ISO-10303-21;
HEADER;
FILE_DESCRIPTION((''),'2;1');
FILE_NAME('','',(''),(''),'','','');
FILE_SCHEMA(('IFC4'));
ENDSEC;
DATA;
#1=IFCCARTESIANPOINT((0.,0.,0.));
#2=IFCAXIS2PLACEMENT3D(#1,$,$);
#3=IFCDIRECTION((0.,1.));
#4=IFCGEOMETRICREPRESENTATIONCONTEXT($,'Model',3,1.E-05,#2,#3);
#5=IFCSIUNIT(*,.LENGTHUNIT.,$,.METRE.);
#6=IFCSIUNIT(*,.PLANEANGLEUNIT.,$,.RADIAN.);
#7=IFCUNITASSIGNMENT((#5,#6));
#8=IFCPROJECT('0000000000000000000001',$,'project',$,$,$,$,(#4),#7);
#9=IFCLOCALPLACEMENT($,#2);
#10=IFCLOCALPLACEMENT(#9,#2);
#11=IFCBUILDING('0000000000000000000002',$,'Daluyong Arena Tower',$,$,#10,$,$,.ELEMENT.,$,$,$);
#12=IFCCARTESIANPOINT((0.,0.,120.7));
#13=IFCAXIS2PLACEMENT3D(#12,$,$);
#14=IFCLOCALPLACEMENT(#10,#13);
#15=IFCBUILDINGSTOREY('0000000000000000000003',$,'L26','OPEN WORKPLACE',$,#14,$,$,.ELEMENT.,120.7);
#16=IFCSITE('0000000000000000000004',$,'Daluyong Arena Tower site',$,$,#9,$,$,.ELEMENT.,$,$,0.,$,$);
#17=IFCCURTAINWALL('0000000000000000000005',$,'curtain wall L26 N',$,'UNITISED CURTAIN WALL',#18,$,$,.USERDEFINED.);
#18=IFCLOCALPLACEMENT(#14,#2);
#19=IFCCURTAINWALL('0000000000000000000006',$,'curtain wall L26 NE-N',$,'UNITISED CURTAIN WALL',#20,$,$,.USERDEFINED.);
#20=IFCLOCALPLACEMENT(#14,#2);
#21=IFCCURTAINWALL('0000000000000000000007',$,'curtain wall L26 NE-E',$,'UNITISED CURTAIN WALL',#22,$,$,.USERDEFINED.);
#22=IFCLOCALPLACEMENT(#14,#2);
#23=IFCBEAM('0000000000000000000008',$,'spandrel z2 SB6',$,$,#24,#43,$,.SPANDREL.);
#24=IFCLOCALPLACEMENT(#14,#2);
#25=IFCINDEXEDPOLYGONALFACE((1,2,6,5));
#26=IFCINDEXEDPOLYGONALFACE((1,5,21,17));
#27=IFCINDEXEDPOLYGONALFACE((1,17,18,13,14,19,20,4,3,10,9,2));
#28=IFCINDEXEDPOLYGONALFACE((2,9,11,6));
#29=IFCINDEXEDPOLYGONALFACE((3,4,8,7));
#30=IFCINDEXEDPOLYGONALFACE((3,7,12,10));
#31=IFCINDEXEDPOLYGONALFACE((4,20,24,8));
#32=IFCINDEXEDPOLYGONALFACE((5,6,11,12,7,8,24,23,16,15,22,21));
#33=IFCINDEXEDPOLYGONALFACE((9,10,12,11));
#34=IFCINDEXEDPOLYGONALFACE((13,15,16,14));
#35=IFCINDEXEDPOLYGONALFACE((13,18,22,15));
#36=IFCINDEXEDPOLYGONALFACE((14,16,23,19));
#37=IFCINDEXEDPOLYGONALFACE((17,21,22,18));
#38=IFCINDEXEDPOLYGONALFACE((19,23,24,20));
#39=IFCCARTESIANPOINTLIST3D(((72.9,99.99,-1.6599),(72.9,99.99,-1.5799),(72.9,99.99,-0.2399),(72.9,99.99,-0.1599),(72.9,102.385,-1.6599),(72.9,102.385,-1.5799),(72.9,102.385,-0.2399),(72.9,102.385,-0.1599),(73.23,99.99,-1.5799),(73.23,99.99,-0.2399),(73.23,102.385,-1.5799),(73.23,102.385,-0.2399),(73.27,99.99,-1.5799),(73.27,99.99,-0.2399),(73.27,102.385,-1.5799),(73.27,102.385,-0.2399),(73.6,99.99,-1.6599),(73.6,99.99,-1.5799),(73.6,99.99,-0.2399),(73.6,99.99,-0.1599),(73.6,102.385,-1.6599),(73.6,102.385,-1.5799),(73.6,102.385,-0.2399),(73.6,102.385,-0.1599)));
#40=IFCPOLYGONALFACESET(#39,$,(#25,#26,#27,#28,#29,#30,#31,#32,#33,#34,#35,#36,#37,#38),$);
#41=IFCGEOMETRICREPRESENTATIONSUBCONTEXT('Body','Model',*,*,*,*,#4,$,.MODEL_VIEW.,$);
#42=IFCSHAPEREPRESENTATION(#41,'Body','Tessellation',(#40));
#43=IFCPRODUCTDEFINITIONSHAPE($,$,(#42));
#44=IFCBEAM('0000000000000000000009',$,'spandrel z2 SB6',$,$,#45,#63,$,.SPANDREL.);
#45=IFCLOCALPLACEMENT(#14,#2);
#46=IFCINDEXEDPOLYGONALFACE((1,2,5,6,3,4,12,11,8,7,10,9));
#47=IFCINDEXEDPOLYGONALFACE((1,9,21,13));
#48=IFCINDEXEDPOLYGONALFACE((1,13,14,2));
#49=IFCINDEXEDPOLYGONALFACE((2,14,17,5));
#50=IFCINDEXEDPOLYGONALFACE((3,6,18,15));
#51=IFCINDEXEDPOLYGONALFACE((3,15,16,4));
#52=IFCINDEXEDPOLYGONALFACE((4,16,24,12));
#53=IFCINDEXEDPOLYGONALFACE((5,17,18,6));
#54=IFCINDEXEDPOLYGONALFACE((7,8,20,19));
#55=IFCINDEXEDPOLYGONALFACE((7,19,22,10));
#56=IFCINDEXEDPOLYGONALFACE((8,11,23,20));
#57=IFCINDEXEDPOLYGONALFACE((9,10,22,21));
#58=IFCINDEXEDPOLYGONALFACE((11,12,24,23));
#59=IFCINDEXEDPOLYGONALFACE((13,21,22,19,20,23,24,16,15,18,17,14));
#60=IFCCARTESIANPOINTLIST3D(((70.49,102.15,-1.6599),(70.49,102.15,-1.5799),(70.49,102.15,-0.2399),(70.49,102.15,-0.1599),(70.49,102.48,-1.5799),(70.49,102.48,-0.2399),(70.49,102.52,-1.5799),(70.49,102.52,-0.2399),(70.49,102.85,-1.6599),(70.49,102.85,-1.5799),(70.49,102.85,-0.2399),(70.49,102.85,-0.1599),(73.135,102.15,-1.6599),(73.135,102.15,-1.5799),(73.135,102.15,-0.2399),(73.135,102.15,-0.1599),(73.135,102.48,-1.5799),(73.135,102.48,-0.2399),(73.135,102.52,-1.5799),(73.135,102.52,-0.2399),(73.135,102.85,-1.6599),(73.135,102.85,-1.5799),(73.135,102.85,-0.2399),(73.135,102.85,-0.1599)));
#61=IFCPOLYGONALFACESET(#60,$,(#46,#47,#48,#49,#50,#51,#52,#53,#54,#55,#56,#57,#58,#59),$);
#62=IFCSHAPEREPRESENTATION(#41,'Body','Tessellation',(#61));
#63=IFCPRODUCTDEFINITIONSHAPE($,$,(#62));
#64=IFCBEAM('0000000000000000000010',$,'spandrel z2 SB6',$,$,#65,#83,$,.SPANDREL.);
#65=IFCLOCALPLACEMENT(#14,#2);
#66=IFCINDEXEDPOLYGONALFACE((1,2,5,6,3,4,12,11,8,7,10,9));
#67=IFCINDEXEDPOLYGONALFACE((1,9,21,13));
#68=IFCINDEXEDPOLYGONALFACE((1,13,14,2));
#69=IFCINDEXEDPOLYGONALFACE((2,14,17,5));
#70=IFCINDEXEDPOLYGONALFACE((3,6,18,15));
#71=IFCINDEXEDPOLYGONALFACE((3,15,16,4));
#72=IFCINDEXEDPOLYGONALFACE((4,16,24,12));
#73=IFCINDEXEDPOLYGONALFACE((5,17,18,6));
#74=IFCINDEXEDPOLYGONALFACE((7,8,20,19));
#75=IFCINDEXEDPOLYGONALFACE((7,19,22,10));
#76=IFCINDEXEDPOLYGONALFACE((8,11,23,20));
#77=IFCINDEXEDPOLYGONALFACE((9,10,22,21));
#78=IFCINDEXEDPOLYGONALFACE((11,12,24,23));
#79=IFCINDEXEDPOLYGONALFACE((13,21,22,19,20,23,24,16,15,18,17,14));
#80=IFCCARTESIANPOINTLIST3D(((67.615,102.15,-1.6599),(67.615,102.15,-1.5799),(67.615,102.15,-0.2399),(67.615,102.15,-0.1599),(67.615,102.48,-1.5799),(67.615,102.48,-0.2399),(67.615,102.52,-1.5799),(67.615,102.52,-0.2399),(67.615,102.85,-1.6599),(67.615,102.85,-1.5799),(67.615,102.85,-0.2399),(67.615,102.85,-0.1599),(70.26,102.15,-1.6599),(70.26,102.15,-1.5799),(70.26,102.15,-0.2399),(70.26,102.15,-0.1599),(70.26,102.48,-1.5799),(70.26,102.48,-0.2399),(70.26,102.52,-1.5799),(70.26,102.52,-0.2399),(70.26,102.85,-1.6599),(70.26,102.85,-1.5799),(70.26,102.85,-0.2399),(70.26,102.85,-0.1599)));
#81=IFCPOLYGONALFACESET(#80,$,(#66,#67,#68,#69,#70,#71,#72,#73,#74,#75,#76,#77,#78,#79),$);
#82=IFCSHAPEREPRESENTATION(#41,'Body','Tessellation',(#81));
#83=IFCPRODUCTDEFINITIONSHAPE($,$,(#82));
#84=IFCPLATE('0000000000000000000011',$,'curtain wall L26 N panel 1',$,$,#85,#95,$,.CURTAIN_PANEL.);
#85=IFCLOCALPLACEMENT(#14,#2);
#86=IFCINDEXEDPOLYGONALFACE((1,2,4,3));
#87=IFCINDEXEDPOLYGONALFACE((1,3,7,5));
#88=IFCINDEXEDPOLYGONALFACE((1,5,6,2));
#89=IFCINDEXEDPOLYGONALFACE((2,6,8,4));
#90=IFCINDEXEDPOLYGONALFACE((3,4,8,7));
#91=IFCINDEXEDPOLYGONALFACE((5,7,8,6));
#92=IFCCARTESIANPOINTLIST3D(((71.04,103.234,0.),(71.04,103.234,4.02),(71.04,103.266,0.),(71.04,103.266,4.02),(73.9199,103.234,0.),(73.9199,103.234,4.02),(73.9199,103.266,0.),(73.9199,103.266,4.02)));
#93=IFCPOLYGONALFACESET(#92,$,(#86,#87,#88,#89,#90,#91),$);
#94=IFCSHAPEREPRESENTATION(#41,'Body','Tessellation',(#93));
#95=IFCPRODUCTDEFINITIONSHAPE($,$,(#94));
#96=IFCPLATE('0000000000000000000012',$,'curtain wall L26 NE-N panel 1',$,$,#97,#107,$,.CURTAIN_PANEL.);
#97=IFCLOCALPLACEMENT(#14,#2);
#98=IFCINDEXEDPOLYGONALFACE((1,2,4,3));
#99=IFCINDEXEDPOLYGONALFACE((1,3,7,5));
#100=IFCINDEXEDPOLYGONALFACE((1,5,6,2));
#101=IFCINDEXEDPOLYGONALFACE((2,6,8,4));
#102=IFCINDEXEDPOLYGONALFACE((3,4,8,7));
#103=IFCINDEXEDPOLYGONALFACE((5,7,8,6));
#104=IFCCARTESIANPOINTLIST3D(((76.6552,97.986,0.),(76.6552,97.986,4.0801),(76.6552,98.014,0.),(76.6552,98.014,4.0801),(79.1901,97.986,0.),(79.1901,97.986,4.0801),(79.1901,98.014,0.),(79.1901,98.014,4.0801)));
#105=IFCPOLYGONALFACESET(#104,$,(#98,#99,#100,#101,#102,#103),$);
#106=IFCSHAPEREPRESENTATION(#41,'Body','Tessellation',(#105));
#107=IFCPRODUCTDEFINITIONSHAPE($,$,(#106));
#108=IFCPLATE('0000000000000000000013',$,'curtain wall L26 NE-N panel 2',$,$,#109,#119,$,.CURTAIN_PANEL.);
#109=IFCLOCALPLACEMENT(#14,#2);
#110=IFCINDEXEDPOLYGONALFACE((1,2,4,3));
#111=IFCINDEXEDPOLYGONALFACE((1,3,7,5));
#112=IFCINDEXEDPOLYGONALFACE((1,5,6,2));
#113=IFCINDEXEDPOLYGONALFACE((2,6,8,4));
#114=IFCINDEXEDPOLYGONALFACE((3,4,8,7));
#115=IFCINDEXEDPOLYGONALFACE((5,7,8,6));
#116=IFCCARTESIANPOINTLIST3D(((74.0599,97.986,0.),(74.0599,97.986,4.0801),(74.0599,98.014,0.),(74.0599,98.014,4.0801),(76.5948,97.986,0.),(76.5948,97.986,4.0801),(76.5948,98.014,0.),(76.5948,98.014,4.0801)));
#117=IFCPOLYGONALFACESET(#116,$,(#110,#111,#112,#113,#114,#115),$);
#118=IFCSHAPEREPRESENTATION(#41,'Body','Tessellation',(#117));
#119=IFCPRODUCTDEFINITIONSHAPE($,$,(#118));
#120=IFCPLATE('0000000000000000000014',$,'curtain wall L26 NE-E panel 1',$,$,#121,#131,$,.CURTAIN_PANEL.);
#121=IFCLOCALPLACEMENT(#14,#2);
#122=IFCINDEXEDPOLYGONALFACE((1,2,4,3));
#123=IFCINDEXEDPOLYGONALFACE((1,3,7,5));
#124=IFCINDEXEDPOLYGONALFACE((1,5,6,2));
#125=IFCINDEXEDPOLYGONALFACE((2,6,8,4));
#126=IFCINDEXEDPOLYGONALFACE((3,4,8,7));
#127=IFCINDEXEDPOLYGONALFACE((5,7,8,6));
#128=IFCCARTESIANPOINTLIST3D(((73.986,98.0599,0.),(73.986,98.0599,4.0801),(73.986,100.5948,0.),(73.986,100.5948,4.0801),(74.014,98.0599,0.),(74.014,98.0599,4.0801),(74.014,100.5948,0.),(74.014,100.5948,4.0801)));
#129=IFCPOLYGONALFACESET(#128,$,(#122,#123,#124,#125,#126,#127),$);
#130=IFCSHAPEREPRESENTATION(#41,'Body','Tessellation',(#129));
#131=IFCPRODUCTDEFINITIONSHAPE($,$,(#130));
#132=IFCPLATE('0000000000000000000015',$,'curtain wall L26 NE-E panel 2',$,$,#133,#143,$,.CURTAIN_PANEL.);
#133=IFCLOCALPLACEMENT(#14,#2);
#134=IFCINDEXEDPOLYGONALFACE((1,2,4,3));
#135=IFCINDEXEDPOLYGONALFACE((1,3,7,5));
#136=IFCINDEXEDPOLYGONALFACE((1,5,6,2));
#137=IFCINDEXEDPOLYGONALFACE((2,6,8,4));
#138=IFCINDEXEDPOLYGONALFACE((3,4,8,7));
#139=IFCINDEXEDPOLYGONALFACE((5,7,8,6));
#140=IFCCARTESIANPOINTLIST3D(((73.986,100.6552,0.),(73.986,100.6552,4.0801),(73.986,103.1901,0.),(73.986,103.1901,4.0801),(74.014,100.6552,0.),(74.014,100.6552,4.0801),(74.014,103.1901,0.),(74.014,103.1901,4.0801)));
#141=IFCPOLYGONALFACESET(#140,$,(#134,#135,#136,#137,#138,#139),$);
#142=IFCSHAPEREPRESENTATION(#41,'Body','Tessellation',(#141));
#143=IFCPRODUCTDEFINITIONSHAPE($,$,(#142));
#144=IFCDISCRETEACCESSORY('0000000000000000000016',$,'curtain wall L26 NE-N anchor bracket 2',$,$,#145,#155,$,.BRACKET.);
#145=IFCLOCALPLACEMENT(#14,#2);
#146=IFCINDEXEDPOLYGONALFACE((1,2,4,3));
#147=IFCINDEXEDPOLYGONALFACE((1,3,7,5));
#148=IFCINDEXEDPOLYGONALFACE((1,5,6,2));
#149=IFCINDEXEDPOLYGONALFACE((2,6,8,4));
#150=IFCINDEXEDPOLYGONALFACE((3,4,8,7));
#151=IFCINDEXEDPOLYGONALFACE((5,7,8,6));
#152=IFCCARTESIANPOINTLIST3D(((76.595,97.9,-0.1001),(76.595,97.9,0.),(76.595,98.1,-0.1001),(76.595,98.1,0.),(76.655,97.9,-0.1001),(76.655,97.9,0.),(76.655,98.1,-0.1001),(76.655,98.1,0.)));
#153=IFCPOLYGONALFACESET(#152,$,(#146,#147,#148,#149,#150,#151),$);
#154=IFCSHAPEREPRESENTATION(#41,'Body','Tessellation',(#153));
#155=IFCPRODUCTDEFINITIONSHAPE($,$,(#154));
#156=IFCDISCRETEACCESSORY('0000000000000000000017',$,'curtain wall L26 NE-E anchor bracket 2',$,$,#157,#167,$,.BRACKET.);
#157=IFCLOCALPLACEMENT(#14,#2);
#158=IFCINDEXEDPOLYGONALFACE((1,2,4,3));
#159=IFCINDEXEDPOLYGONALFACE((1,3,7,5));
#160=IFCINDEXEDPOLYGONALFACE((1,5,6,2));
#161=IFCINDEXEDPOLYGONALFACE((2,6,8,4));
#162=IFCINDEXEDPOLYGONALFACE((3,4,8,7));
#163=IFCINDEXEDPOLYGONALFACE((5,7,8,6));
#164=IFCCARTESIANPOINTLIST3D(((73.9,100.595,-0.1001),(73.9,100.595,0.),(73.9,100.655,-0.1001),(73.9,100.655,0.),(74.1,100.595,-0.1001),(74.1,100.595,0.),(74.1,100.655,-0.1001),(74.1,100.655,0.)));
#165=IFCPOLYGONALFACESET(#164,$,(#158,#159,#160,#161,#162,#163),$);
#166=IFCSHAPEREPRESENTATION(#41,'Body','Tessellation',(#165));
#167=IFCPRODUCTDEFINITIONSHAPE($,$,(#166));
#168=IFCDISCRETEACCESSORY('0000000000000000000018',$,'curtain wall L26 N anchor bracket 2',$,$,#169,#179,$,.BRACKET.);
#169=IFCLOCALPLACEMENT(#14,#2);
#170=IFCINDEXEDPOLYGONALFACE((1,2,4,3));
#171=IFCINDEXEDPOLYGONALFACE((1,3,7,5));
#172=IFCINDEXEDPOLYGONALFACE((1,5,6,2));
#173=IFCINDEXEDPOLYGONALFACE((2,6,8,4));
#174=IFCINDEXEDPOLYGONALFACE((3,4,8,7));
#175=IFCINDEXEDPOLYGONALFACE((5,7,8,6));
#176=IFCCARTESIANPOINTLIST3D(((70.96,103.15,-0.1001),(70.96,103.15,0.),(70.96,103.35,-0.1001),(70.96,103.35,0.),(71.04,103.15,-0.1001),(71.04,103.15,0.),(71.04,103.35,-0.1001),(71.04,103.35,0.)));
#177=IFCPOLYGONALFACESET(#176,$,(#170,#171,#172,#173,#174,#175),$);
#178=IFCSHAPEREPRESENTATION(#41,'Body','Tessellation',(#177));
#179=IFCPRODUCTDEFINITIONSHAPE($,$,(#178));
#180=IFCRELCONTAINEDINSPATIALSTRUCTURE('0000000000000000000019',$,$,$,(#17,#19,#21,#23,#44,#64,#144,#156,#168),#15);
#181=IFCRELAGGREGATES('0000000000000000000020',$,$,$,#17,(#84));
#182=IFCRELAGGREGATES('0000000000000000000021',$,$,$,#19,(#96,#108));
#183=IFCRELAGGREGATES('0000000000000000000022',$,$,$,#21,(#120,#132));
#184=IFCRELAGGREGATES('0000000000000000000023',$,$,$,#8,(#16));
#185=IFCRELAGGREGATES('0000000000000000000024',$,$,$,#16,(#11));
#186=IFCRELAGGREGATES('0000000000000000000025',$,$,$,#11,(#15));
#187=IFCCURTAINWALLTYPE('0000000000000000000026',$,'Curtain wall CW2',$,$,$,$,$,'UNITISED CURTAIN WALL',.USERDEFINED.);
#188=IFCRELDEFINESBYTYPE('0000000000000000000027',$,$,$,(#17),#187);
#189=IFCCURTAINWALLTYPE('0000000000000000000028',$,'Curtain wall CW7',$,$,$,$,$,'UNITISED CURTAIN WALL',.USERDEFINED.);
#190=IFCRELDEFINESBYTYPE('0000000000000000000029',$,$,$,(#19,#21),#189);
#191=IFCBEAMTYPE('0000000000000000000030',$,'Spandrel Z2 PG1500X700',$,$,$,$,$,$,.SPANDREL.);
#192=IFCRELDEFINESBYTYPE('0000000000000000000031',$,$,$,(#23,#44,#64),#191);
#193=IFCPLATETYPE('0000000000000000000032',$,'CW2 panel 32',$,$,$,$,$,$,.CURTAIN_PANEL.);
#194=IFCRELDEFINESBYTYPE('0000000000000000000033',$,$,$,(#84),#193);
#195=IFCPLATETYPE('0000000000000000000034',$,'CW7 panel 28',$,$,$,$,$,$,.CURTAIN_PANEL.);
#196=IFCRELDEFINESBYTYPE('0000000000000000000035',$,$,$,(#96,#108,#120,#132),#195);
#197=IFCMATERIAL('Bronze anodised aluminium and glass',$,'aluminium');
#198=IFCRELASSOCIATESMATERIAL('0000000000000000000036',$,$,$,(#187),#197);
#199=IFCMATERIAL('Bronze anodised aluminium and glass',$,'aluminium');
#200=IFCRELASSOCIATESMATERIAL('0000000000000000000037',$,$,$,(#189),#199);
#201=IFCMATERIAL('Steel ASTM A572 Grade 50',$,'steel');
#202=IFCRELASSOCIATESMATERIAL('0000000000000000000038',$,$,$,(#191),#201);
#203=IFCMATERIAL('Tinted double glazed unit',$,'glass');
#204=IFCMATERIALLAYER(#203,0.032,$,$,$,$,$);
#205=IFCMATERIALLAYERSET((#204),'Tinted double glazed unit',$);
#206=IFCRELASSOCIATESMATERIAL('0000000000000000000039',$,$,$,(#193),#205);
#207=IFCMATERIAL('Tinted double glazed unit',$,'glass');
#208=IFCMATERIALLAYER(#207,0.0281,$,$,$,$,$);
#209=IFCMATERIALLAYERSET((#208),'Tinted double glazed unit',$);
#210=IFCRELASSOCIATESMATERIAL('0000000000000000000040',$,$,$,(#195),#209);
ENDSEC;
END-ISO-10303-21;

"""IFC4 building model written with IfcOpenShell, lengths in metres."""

from ifc_helpers import new_model, si_unit, direction, frame, origin, origin_2d, place, context, subcontext, project, spatial, rectangle, i_section, extrude, material, layer, layer_set, material_profile, profile_set, type_object, element, aggregate, save


model = new_model("IFC4")

# Units and contexts
model_context = context("Model", 3, precision=1e-05, world=origin(), true_north=direction((0.0, 1.0)))
body_context = subcontext(model_context, "Body", "Model", "MODEL_VIEW")
ifc_project = project(units=[si_unit("LENGTHUNIT", "METRE"), si_unit("PLANEANGLEUNIT", "RADIAN")], contexts=[model_context])

# Site, building, storey
site_placement = place(None, origin())
site = spatial("IfcSite", under=ifc_project, at=site_placement, Name="Daluyong Arena Tower site", CompositionType="ELEMENT", RefElevation=0.0)
building_placement = place(site_placement, origin())
building = spatial("IfcBuilding", under=site, at=building_placement, Name="Daluyong Arena Tower", CompositionType="ELEMENT")
storey_placement = place(building_placement, frame((0.0, 0.0, 120.7)))
storey = spatial("IfcBuildingStorey", under=building, at=storey_placement, Name="L26", Description="OPEN WORKPLACE", CompositionType="ELEMENT", Elevation=120.7)

# Shared definitions
ifc_material_1 = material(Name="Bronze anodised aluminium and glass", Category="aluminium")
curtain_wall_type_1 = type_object("IfcCurtainWallType", Name="Curtain wall CW2", ElementType="UNITISED CURTAIN WALL", PredefinedType="USERDEFINED", material=ifc_material_1)

# Curtain walls
curtain_wall_1_placement = place(storey_placement, origin())
curtain_wall_1 = element("IfcCurtainWall", 1, at=curtain_wall_1_placement, inside=storey, type_object=curtain_wall_type_1, Name="curtain wall L26 N", ObjectType="UNITISED CURTAIN WALL", PredefinedType="USERDEFINED")
ifc_material_2 = material(Name="Bronze anodised aluminium and glass", Category="aluminium")
curtain_wall_type_2 = type_object("IfcCurtainWallType", Name="Curtain wall CW7", ElementType="UNITISED CURTAIN WALL", PredefinedType="USERDEFINED", material=ifc_material_2)
curtain_wall_2_placement = place(storey_placement, origin())
curtain_wall_2 = element("IfcCurtainWall", 2, at=curtain_wall_2_placement, inside=storey, type_object=curtain_wall_type_2, Name="curtain wall L26 NE-N", ObjectType="UNITISED CURTAIN WALL", PredefinedType="USERDEFINED")
curtain_wall_3_placement = place(storey_placement, origin())
curtain_wall_3 = element("IfcCurtainWall", 3, at=curtain_wall_3_placement, inside=storey, type_object=curtain_wall_type_2, Name="curtain wall L26 NE-E", ObjectType="UNITISED CURTAIN WALL", PredefinedType="USERDEFINED")

# Beams
ifc_material_3 = material(Name="Steel ASTM A572 Grade 50", Category="steel")
ifc_material_profile_1 = material_profile(ifc_material_3, i_section(OverallWidth=0.7, OverallDepth=1.5, WebThickness=0.04, FlangeThickness=0.08, at=origin_2d()))
ifc_profile_set_1 = profile_set([ifc_material_profile_1], Name="Steel ASTM A572 Grade 50")
beam_type_1 = type_object("IfcBeamType", Name="Spandrel Z2 PG1500X700", PredefinedType="SPANDREL", material=ifc_profile_set_1)
for number, where, z_axis, x_axis, name in (
    (4, (73.25, 99.99, -0.9099), (0.0, 1.0, 0.0), (-1.0, 0.0, 0.0), "spandrel z2 SB6"),
):
    element("IfcBeam", number, at=place(storey_placement, frame(where, z_axis=z_axis, x_axis=x_axis)), inside=storey, type_object=beam_type_1, Name=name, PredefinedType="SPANDREL", context=body_context, shape_type="SweptSolid", body=[
        extrude(i_section(OverallWidth=0.7, OverallDepth=1.5, WebThickness=0.04, FlangeThickness=0.08, at=origin_2d()), origin(), (0.0, 0.0, 1.0), 2.395),
    ])
for number, where, z_axis, x_axis, name in (
    (5, (73.135, 102.5, -0.9099), (-1.0, 0.0, 0.0), (0.0, -1.0, 0.0), "spandrel z2 SB6"),
    (6, (70.26, 102.5, -0.9099), (-1.0, 0.0, 0.0), (0.0, -1.0, 0.0), "spandrel z2 SB6"),
):
    element("IfcBeam", number, at=place(storey_placement, frame(where, z_axis=z_axis, x_axis=x_axis)), inside=storey, type_object=beam_type_1, Name=name, PredefinedType="SPANDREL", context=body_context, shape_type="SweptSolid", body=[
        extrude(i_section(OverallWidth=0.7, OverallDepth=1.5, WebThickness=0.04, FlangeThickness=0.08, at=origin_2d()), origin(), (0.0, 0.0, 1.0), 2.645),
    ])

# Plates
ifc_material_4 = material(Name="Tinted double glazed unit", Category="glass")
ifc_layer_1 = layer(ifc_material_4, 0.032)
ifc_layer_set_1 = layer_set([ifc_layer_1], Name="Tinted double glazed unit")
plate_type_1 = type_object("IfcPlateType", Name="CW2 panel 32", PredefinedType="CURTAIN_PANEL", material=ifc_layer_set_1)
plate_1_placement = place(storey_placement, frame((72.48, 103.25, 0.0), z_axis=(0.0, 0.0, 1.0), x_axis=(-1.0, 0.0, 0.0)))
plate_1 = element("IfcPlate", 7, at=plate_1_placement, type_object=plate_type_1, Name="curtain wall L26 N panel 1", PredefinedType="CURTAIN_PANEL", context=body_context, shape_type="SweptSolid", body=[
    extrude(rectangle(XDim=2.8799, YDim=0.032, at=origin_2d()), origin(), (0.0, 0.0, 1.0), 4.02),
])
aggregate(curtain_wall_1, [plate_1])
ifc_material_5 = material(Name="Tinted double glazed unit", Category="glass")
ifc_layer_2 = layer(ifc_material_5, 0.0281)
ifc_layer_set_2 = layer_set([ifc_layer_2], Name="Tinted double glazed unit")
plate_type_2 = type_object("IfcPlateType", Name="CW7 panel 28", PredefinedType="CURTAIN_PANEL", material=ifc_layer_set_2)
plate_2_placement = place(storey_placement, frame((77.9226, 98.0, 0.0), z_axis=(0.0, 0.0, 1.0), x_axis=(-1.0, 0.0, 0.0)))
plate_2 = element("IfcPlate", 8, at=plate_2_placement, type_object=plate_type_2, Name="curtain wall L26 NE-N panel 1", PredefinedType="CURTAIN_PANEL", context=body_context, shape_type="SweptSolid", body=[
    extrude(rectangle(XDim=2.5349, YDim=0.0281, at=origin_2d()), origin(), (0.0, 0.0, 1.0), 4.0801),
])
plate_3_placement = place(storey_placement, frame((75.3274, 98.0, 0.0), z_axis=(0.0, 0.0, 1.0), x_axis=(-1.0, 0.0, 0.0)))
plate_3 = element("IfcPlate", 9, at=plate_3_placement, type_object=plate_type_2, Name="curtain wall L26 NE-N panel 2", PredefinedType="CURTAIN_PANEL", context=body_context, shape_type="SweptSolid", body=[
    extrude(rectangle(XDim=2.5349, YDim=0.0281, at=origin_2d()), origin(), (0.0, 0.0, 1.0), 4.0801),
])
aggregate(curtain_wall_2, [plate_2, plate_3])
plate_4_placement = place(storey_placement, frame((74.0, 99.3274, 0.0), z_axis=(0.0, 0.0, 1.0), x_axis=(0.0, 1.0, 0.0)))
plate_4 = element("IfcPlate", 10, at=plate_4_placement, type_object=plate_type_2, Name="curtain wall L26 NE-E panel 1", PredefinedType="CURTAIN_PANEL", context=body_context, shape_type="SweptSolid", body=[
    extrude(rectangle(XDim=2.5349, YDim=0.0281, at=origin_2d()), origin(), (0.0, 0.0, 1.0), 4.0801),
])
plate_5_placement = place(storey_placement, frame((74.0, 101.9226, 0.0), z_axis=(0.0, 0.0, 1.0), x_axis=(0.0, 1.0, 0.0)))
plate_5 = element("IfcPlate", 11, at=plate_5_placement, type_object=plate_type_2, Name="curtain wall L26 NE-E panel 2", PredefinedType="CURTAIN_PANEL", context=body_context, shape_type="SweptSolid", body=[
    extrude(rectangle(XDim=2.5349, YDim=0.0281, at=origin_2d()), origin(), (0.0, 0.0, 1.0), 4.0801),
])
aggregate(curtain_wall_3, [plate_4, plate_5])

# Discrete accessories
for number, where, z_axis, x_axis, name in (
    (12, (76.625, 98.0, -0.1001), (0.0, 0.0, 1.0), (-1.0, 0.0, 0.0), "curtain wall L26 NE-N anchor bracket 2"),
    (13, (74.0, 100.625, -0.1001), (0.0, 0.0, 1.0), (0.0, 1.0, 0.0), "curtain wall L26 NE-E anchor bracket 2"),
):
    element("IfcDiscreteAccessory", number, at=place(storey_placement, frame(where, z_axis=z_axis, x_axis=x_axis)), inside=storey, Name=name, PredefinedType="BRACKET", context=body_context, shape_type="SweptSolid", body=[
        extrude(rectangle(XDim=0.0601, YDim=0.2, at=origin_2d()), origin(), (0.0, 0.0, 1.0), 0.1001),
    ])
discrete_accessory_placement = place(storey_placement, frame((71.0, 103.25, -0.1001), z_axis=(0.0, 0.0, 1.0), x_axis=(-1.0, 0.0, 0.0)))
element("IfcDiscreteAccessory", 14, at=discrete_accessory_placement, inside=storey, Name="curtain wall L26 N anchor bracket 2", PredefinedType="BRACKET", context=body_context, shape_type="SweptSolid", body=[
    extrude(rectangle(XDim=0.0801, YDim=0.2, at=origin_2d()), origin(), (0.0, 0.0, 1.0), 0.1001),
])

save(model, "model.ifc")
